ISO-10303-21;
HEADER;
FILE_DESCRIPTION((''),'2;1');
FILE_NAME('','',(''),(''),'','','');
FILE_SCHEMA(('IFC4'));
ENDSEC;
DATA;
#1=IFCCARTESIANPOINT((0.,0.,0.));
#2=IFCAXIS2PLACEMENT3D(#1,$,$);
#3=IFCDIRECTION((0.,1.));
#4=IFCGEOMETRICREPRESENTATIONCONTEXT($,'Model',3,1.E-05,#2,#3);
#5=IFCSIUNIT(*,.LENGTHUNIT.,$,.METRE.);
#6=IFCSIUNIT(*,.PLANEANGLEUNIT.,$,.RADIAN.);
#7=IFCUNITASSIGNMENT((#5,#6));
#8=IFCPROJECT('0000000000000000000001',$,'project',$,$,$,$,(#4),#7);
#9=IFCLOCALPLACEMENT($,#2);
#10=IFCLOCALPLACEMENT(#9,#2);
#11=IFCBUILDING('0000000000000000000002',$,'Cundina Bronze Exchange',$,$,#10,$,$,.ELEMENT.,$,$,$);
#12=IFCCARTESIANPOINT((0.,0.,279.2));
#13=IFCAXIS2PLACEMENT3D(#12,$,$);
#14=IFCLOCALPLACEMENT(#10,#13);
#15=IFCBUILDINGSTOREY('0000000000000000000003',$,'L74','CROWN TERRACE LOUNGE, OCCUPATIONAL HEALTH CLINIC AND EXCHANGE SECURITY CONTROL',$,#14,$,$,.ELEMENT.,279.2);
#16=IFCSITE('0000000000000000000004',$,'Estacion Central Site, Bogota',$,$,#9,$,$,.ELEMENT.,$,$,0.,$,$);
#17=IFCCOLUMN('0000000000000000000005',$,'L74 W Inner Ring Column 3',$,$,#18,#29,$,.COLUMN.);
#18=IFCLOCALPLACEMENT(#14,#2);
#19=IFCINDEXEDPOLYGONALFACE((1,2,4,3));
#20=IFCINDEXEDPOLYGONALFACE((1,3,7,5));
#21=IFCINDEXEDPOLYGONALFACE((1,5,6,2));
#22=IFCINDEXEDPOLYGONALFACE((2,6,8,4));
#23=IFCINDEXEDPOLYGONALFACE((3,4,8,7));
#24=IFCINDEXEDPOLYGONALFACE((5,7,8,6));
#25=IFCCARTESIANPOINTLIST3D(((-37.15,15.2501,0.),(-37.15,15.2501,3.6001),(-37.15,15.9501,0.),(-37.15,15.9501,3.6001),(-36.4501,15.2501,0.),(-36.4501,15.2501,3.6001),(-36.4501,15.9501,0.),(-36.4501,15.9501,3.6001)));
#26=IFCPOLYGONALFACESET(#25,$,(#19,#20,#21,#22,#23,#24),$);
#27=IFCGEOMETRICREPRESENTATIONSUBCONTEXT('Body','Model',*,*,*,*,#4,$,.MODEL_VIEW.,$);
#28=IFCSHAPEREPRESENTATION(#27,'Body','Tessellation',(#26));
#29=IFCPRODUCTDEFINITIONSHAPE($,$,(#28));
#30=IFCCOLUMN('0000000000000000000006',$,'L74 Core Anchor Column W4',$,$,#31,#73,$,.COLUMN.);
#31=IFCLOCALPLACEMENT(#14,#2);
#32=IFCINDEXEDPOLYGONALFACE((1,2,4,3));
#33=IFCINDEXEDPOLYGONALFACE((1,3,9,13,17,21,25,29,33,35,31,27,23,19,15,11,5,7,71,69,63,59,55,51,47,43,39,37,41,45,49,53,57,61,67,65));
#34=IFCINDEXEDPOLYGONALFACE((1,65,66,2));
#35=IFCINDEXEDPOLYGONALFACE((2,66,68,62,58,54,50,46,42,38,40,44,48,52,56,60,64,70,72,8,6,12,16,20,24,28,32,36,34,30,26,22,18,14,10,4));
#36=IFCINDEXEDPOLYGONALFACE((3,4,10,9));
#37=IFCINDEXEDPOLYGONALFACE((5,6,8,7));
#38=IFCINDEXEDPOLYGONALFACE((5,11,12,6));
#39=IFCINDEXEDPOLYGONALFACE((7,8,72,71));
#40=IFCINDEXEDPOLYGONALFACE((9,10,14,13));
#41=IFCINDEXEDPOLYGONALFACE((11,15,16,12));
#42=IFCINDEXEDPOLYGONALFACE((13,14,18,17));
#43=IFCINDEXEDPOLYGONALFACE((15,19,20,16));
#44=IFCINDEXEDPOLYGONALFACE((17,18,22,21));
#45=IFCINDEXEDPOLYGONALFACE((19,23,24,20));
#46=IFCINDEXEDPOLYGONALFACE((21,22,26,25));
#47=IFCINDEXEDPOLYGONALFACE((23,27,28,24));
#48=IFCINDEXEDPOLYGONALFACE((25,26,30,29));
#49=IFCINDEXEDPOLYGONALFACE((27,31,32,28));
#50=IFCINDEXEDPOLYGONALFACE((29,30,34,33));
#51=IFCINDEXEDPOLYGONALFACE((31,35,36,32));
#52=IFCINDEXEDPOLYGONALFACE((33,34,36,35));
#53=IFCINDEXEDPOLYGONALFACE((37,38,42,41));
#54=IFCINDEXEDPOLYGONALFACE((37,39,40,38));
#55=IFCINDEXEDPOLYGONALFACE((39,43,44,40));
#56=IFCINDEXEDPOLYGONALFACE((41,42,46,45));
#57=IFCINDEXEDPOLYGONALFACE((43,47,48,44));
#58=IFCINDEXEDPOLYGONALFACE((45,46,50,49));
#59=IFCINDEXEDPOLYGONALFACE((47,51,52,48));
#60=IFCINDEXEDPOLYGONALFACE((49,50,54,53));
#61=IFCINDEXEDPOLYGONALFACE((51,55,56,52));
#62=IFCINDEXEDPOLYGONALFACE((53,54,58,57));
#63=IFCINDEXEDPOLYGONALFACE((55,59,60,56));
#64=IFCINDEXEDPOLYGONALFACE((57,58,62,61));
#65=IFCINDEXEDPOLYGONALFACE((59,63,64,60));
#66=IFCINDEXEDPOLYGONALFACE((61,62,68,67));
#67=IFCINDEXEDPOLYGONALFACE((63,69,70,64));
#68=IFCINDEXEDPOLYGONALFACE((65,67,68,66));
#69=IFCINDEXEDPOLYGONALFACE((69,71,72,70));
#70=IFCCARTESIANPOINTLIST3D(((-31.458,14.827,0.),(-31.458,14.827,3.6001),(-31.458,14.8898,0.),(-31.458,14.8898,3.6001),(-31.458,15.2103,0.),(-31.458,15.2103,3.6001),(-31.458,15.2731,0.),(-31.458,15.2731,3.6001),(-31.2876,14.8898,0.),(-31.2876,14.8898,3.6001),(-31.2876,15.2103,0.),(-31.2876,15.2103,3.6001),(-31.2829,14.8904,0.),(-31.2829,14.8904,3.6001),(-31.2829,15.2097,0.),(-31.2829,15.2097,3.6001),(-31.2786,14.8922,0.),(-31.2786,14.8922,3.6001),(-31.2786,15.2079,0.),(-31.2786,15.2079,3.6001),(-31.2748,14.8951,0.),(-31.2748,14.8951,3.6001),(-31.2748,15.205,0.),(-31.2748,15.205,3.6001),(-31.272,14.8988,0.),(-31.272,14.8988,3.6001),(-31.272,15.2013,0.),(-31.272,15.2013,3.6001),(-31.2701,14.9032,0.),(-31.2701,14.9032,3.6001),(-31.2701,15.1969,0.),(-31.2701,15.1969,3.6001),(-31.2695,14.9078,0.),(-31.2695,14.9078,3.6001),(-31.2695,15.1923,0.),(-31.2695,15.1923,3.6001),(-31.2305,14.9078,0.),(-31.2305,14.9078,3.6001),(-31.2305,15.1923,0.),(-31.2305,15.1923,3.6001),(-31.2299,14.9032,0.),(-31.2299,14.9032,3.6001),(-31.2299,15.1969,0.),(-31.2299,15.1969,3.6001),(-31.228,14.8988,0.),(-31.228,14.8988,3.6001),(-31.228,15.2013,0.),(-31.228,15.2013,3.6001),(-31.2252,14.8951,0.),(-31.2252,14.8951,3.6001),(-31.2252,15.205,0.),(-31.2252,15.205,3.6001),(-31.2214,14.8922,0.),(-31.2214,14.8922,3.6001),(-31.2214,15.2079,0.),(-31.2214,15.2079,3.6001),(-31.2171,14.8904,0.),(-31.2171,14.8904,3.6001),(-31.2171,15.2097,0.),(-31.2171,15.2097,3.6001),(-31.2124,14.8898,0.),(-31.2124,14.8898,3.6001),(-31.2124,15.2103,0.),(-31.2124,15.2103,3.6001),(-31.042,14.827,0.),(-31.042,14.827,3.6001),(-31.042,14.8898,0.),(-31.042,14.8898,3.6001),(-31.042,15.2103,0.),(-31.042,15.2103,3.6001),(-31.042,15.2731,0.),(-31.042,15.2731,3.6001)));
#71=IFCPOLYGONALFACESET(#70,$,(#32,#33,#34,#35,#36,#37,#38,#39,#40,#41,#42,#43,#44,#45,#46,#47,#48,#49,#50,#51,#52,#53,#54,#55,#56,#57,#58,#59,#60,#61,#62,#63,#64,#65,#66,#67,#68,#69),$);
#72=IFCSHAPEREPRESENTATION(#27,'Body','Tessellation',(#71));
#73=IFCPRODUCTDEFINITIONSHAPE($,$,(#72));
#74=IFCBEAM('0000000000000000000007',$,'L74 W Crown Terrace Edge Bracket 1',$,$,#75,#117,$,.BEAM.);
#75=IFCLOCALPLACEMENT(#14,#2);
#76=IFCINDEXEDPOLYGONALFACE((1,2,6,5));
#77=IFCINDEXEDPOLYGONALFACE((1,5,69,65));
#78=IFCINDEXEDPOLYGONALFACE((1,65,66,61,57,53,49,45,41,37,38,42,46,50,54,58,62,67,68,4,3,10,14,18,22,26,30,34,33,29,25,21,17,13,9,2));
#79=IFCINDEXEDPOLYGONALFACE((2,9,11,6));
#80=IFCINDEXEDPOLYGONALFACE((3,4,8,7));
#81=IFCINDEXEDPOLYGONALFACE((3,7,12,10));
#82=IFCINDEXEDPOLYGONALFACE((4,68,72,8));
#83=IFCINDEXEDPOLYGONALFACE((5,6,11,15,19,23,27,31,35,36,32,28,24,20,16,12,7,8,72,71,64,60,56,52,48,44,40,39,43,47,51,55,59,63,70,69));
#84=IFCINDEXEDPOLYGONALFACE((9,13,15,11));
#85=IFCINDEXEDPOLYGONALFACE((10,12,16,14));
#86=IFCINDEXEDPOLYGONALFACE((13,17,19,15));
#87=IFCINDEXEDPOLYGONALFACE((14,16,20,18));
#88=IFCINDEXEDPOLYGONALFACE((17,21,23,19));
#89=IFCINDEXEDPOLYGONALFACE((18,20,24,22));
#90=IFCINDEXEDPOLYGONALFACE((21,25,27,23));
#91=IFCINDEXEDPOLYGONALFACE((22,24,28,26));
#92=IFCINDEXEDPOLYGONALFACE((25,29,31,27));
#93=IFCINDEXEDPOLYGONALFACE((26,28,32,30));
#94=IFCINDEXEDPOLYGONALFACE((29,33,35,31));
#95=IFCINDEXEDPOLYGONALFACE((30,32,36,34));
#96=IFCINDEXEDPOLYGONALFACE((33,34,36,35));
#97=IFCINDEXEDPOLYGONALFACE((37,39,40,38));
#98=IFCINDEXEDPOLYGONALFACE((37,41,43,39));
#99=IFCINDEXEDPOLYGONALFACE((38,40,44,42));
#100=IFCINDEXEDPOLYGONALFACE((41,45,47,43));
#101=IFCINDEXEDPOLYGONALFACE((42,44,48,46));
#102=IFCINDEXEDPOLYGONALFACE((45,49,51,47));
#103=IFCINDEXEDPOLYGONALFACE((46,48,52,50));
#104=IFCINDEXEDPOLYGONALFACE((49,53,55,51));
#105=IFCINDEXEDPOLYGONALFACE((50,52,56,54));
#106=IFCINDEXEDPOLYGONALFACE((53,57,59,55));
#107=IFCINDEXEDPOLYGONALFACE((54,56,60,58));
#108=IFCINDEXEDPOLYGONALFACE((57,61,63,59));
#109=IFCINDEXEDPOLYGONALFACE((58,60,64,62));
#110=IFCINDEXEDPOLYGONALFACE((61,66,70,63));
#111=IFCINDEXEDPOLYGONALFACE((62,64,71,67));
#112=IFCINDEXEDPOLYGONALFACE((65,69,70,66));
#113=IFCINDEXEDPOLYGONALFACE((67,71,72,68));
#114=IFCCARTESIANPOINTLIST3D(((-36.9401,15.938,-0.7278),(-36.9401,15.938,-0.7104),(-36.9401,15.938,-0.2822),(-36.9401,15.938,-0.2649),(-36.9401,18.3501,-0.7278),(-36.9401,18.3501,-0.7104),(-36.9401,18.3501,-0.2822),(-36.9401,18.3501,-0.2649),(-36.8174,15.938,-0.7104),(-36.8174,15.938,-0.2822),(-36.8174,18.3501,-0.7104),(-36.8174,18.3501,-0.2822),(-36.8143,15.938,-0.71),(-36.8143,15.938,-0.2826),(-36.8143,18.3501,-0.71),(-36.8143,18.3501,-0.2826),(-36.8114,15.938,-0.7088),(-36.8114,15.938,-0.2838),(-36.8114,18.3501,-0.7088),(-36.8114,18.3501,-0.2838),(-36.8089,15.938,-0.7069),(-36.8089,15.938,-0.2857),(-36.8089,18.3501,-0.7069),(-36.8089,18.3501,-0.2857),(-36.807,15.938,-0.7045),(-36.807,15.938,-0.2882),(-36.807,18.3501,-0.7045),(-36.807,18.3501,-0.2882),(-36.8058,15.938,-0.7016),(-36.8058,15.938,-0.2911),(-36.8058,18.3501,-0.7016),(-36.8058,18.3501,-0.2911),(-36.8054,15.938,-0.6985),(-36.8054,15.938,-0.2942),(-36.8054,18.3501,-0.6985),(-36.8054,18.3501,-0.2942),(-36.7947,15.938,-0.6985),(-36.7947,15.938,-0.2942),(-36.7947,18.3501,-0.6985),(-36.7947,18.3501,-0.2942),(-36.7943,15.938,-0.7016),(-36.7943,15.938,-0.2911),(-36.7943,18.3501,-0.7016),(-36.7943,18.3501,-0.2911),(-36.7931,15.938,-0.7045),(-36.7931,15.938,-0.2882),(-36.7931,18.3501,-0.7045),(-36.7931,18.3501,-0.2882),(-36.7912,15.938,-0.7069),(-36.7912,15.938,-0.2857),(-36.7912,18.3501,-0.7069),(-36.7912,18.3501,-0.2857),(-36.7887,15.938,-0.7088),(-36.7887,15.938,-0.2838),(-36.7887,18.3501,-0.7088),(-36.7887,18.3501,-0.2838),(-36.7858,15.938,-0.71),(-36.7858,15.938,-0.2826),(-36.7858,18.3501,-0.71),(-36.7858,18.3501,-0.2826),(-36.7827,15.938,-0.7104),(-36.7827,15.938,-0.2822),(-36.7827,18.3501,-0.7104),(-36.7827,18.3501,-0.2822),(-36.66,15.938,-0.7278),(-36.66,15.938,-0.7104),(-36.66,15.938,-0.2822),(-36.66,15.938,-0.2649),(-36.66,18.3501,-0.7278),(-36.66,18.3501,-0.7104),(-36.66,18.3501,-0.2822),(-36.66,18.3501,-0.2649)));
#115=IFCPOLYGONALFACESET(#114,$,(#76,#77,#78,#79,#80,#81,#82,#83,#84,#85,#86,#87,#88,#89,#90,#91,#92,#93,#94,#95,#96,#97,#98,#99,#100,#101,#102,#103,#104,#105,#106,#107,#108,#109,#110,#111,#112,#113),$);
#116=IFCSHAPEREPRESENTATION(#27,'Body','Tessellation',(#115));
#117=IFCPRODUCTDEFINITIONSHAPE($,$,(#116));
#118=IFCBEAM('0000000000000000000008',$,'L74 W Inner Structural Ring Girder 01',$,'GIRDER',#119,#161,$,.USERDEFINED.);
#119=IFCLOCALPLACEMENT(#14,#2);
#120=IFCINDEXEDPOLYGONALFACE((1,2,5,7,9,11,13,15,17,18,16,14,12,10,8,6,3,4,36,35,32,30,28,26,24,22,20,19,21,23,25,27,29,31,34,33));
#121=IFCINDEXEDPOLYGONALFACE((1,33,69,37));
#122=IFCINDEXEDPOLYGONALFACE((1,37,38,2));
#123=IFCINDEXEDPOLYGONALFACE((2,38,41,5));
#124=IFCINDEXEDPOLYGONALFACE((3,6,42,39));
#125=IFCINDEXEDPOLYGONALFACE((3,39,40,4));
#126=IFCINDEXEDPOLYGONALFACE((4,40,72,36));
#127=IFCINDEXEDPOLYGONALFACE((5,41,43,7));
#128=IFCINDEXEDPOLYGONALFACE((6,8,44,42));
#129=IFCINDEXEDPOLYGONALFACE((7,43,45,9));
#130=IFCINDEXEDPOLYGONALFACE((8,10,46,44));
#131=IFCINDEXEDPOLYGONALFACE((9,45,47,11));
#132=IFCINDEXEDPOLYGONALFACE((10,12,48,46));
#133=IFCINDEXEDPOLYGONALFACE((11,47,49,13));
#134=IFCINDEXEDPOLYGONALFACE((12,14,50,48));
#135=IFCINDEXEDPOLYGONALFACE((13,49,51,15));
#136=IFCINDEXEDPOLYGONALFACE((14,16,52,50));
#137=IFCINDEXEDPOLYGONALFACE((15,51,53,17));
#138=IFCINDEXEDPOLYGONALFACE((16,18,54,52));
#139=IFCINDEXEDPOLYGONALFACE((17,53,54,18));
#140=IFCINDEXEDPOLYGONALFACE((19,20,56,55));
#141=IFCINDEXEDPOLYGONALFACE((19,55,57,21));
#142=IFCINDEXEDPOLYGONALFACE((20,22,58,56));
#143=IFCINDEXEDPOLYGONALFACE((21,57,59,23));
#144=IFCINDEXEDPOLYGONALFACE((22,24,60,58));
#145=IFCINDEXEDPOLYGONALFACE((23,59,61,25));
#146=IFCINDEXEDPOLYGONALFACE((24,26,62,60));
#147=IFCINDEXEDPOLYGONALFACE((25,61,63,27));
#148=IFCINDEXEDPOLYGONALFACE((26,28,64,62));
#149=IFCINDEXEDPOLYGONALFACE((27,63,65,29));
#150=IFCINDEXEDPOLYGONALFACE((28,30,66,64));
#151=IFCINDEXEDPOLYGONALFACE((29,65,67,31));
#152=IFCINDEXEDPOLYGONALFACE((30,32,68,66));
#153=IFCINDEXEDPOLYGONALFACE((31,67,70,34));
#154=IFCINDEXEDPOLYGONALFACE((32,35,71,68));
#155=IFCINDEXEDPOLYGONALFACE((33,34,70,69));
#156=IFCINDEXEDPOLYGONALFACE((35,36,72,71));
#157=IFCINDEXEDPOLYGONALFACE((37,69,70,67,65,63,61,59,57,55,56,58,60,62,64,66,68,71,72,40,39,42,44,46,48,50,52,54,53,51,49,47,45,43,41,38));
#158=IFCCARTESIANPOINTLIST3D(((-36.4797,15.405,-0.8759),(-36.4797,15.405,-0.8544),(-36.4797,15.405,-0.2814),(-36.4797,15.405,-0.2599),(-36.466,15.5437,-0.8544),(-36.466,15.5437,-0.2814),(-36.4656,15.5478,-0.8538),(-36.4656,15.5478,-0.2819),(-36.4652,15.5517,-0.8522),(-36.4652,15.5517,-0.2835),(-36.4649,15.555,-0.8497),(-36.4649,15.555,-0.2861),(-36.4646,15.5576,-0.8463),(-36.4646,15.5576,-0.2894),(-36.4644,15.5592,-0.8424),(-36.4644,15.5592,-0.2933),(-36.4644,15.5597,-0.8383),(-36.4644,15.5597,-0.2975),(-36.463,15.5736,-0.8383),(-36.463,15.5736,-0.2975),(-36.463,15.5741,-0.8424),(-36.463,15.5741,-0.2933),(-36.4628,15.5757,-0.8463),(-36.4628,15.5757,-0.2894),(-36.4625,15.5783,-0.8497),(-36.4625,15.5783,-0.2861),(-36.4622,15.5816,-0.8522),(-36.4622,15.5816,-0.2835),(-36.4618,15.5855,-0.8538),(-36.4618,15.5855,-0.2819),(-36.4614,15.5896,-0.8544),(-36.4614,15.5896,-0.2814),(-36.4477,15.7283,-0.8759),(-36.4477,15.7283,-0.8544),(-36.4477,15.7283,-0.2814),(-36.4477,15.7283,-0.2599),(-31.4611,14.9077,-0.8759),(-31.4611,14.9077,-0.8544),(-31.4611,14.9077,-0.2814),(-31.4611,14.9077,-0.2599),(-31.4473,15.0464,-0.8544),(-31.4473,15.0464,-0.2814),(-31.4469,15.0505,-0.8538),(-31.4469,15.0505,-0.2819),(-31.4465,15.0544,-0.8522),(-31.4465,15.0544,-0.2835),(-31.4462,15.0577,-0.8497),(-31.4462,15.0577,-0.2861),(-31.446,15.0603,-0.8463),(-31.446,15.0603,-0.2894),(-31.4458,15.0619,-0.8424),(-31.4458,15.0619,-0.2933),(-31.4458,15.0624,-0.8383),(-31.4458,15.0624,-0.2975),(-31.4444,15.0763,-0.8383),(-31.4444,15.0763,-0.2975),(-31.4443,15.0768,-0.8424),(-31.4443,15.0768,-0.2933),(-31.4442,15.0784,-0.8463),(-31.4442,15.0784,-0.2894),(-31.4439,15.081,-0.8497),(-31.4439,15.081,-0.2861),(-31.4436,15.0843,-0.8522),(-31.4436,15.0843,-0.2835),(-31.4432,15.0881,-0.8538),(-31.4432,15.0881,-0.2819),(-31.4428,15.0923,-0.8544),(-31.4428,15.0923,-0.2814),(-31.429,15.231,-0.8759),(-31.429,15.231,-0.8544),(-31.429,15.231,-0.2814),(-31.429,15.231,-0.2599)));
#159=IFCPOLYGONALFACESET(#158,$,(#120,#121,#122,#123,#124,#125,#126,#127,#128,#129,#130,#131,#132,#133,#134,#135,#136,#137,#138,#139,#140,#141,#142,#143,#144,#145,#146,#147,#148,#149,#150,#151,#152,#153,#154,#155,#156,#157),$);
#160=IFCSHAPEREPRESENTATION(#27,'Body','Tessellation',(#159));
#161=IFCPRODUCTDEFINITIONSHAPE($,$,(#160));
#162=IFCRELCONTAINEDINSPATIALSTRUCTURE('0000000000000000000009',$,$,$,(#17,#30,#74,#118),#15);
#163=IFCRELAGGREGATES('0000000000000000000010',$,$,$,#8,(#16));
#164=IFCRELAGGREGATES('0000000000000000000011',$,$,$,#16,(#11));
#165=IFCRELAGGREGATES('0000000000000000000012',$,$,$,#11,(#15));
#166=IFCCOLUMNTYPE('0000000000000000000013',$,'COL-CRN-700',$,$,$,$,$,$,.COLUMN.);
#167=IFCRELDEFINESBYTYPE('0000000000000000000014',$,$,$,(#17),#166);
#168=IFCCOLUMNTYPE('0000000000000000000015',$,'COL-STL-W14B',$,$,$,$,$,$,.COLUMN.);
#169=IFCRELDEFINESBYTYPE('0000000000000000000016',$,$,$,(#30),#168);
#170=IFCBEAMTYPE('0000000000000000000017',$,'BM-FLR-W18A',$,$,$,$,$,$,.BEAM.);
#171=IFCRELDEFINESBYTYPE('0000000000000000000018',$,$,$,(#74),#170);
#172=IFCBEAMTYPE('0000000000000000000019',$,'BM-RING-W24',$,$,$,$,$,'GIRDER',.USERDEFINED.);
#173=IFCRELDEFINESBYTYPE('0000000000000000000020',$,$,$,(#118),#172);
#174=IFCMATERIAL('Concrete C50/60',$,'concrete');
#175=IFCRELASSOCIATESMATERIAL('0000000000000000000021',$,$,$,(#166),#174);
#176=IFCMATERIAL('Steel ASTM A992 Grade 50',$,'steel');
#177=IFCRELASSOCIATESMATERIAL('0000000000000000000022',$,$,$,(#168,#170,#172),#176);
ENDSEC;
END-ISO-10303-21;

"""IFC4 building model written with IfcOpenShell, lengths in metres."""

from ifc_helpers import new_model, si_unit, direction, frame, origin, origin_2d, place, context, subcontext, project, spatial, rectangle, i_section, extrude, material, material_profile, profile_set, type_object, element, save


model = new_model("IFC4")

# Units and contexts
model_context = context("Model", 3, precision=1e-05, world=origin(), true_north=direction((0.0, 1.0)))
body_context = subcontext(model_context, "Body", "Model", "MODEL_VIEW")
ifc_project = project(units=[si_unit("LENGTHUNIT", "METRE"), si_unit("PLANEANGLEUNIT", "RADIAN")], contexts=[model_context])

# Site, building, storey
site_placement = place(None, origin())
site = spatial("IfcSite", under=ifc_project, at=site_placement, Name="Estacion Central Site, Bogota", CompositionType="ELEMENT", RefElevation=0.0)
building_placement = place(site_placement, origin())
building = spatial("IfcBuilding", under=site, at=building_placement, Name="Cundina Bronze Exchange", CompositionType="ELEMENT")
storey_placement = place(building_placement, frame((0.0, 0.0, 279.2)))
storey = spatial("IfcBuildingStorey", under=building, at=storey_placement, Name="L74", Description="CROWN TERRACE LOUNGE, OCCUPATIONAL HEALTH CLINIC AND EXCHANGE SECURITY CONTROL", CompositionType="ELEMENT", Elevation=279.2)

# Columns
ifc_material_1 = material(Name="Concrete C50/60", Category="concrete")
ifc_material_profile_1 = material_profile(ifc_material_1, rectangle(XDim=0.7, YDim=0.7, at=origin_2d()), Name="RC700X700", Category="concrete")
ifc_profile_set_1 = profile_set([ifc_material_profile_1], Name="Concrete C50/60")
column_type_1 = type_object("IfcColumnType", Name="COL-CRN-700", PredefinedType="COLUMN", material=ifc_profile_set_1)
column_1_placement = place(storey_placement, frame((-36.8, 15.6001, 0.0), z_axis=(0.0, 0.0, 1.0), x_axis=(1.0, 0.0, 0.0)))
element("IfcColumn", 1, at=column_1_placement, inside=storey, type_object=column_type_1, Name="L74 W Inner Ring Column 3", PredefinedType="COLUMN", context=body_context, shape_type="SweptSolid", body=[
    extrude(rectangle(XDim=0.7, YDim=0.7, at=origin_2d()), origin(), (0.0, 0.0, 1.0), 3.6001),
])
ifc_material_2 = material(Name="Steel ASTM A992 Grade 50", Category="steel")
ifc_material_profile_2 = material_profile(ifc_material_2, i_section(OverallWidth=0.416, OverallDepth=0.446, WebThickness=0.0391, FlangeThickness=0.0627, FilletRadius=0.0181, at=origin_2d()), Name="W14X342", Category="steel")
ifc_profile_set_2 = profile_set([ifc_material_profile_2], Name="Steel ASTM A992 Grade 50")
column_type_2 = type_object("IfcColumnType", Name="COL-STL-W14B", PredefinedType="COLUMN", material=ifc_profile_set_2)
column_2_placement = place(storey_placement, frame((-31.25, 15.05, 0.0), z_axis=(0.0, 0.0, 1.0), x_axis=(1.0, 0.0, 0.0)))
element("IfcColumn", 2, at=column_2_placement, inside=storey, type_object=column_type_2, Name="L74 Core Anchor Column W4", PredefinedType="COLUMN", context=body_context, shape_type="SweptSolid", body=[
    extrude(i_section(OverallWidth=0.416, OverallDepth=0.446, WebThickness=0.0391, FlangeThickness=0.0627, FilletRadius=0.0181, at=origin_2d()), origin(), (0.0, 0.0, 1.0), 3.6001),
])

# Beams
ifc_material_profile_3 = material_profile(ifc_material_2, i_section(OverallWidth=0.28, OverallDepth=0.4629, WebThickness=0.0107, FlangeThickness=0.0173, FilletRadius=0.012, at=origin_2d()), Name="W18X76", Category="steel")
ifc_profile_set_3 = profile_set([ifc_material_profile_3], Name="Steel ASTM A992 Grade 50")
beam_type_1 = type_object("IfcBeamType", Name="BM-FLR-W18A", PredefinedType="BEAM", material=ifc_profile_set_3)
beam_1_placement = place(storey_placement, frame((-36.8, 15.938, -0.4963), z_axis=(0.0, 1.0, 0.0), x_axis=(-1.0, 0.0, 0.0)))
element("IfcBeam", 3, at=beam_1_placement, inside=storey, type_object=beam_type_1, Name="L74 W Crown Terrace Edge Bracket 1", PredefinedType="BEAM", context=body_context, shape_type="SweptSolid", body=[
    extrude(i_section(OverallWidth=0.28, OverallDepth=0.4629, WebThickness=0.0107, FlangeThickness=0.0173, FilletRadius=0.012, at=origin_2d()), origin(), (0.0, 0.0, 1.0), 2.4121),
])
ifc_material_profile_4 = material_profile(ifc_material_2, i_section(OverallWidth=0.325, OverallDepth=0.616, WebThickness=0.0139, FlangeThickness=0.0215, FilletRadius=0.0161, at=origin_2d()), Name="W24X117", Category="steel")
ifc_profile_set_4 = profile_set([ifc_material_profile_4], Name="Steel ASTM A992 Grade 50")
beam_type_2 = type_object("IfcBeamType", Name="BM-RING-W24", ElementType="GIRDER", PredefinedType="USERDEFINED", material=ifc_profile_set_4)
beam_2_placement = place(storey_placement, frame((-31.4451, 15.0693, -0.5679), z_axis=(-0.995126, 0.098612, 0.0), x_axis=(-0.098612, -0.995126, 0.0)))
element("IfcBeam", 4, at=beam_2_placement, inside=storey, type_object=beam_type_2, Name="L74 W Inner Structural Ring Girder 01", ObjectType="GIRDER", PredefinedType="USERDEFINED", context=body_context, shape_type="SweptSolid", body=[
    extrude(i_section(OverallWidth=0.325, OverallDepth=0.616, WebThickness=0.0139, FlangeThickness=0.0215, FilletRadius=0.0161, at=origin_2d()), origin(), (0.0, 0.0, 1.0), 5.0432),
])

save(model, "model.ifc")
